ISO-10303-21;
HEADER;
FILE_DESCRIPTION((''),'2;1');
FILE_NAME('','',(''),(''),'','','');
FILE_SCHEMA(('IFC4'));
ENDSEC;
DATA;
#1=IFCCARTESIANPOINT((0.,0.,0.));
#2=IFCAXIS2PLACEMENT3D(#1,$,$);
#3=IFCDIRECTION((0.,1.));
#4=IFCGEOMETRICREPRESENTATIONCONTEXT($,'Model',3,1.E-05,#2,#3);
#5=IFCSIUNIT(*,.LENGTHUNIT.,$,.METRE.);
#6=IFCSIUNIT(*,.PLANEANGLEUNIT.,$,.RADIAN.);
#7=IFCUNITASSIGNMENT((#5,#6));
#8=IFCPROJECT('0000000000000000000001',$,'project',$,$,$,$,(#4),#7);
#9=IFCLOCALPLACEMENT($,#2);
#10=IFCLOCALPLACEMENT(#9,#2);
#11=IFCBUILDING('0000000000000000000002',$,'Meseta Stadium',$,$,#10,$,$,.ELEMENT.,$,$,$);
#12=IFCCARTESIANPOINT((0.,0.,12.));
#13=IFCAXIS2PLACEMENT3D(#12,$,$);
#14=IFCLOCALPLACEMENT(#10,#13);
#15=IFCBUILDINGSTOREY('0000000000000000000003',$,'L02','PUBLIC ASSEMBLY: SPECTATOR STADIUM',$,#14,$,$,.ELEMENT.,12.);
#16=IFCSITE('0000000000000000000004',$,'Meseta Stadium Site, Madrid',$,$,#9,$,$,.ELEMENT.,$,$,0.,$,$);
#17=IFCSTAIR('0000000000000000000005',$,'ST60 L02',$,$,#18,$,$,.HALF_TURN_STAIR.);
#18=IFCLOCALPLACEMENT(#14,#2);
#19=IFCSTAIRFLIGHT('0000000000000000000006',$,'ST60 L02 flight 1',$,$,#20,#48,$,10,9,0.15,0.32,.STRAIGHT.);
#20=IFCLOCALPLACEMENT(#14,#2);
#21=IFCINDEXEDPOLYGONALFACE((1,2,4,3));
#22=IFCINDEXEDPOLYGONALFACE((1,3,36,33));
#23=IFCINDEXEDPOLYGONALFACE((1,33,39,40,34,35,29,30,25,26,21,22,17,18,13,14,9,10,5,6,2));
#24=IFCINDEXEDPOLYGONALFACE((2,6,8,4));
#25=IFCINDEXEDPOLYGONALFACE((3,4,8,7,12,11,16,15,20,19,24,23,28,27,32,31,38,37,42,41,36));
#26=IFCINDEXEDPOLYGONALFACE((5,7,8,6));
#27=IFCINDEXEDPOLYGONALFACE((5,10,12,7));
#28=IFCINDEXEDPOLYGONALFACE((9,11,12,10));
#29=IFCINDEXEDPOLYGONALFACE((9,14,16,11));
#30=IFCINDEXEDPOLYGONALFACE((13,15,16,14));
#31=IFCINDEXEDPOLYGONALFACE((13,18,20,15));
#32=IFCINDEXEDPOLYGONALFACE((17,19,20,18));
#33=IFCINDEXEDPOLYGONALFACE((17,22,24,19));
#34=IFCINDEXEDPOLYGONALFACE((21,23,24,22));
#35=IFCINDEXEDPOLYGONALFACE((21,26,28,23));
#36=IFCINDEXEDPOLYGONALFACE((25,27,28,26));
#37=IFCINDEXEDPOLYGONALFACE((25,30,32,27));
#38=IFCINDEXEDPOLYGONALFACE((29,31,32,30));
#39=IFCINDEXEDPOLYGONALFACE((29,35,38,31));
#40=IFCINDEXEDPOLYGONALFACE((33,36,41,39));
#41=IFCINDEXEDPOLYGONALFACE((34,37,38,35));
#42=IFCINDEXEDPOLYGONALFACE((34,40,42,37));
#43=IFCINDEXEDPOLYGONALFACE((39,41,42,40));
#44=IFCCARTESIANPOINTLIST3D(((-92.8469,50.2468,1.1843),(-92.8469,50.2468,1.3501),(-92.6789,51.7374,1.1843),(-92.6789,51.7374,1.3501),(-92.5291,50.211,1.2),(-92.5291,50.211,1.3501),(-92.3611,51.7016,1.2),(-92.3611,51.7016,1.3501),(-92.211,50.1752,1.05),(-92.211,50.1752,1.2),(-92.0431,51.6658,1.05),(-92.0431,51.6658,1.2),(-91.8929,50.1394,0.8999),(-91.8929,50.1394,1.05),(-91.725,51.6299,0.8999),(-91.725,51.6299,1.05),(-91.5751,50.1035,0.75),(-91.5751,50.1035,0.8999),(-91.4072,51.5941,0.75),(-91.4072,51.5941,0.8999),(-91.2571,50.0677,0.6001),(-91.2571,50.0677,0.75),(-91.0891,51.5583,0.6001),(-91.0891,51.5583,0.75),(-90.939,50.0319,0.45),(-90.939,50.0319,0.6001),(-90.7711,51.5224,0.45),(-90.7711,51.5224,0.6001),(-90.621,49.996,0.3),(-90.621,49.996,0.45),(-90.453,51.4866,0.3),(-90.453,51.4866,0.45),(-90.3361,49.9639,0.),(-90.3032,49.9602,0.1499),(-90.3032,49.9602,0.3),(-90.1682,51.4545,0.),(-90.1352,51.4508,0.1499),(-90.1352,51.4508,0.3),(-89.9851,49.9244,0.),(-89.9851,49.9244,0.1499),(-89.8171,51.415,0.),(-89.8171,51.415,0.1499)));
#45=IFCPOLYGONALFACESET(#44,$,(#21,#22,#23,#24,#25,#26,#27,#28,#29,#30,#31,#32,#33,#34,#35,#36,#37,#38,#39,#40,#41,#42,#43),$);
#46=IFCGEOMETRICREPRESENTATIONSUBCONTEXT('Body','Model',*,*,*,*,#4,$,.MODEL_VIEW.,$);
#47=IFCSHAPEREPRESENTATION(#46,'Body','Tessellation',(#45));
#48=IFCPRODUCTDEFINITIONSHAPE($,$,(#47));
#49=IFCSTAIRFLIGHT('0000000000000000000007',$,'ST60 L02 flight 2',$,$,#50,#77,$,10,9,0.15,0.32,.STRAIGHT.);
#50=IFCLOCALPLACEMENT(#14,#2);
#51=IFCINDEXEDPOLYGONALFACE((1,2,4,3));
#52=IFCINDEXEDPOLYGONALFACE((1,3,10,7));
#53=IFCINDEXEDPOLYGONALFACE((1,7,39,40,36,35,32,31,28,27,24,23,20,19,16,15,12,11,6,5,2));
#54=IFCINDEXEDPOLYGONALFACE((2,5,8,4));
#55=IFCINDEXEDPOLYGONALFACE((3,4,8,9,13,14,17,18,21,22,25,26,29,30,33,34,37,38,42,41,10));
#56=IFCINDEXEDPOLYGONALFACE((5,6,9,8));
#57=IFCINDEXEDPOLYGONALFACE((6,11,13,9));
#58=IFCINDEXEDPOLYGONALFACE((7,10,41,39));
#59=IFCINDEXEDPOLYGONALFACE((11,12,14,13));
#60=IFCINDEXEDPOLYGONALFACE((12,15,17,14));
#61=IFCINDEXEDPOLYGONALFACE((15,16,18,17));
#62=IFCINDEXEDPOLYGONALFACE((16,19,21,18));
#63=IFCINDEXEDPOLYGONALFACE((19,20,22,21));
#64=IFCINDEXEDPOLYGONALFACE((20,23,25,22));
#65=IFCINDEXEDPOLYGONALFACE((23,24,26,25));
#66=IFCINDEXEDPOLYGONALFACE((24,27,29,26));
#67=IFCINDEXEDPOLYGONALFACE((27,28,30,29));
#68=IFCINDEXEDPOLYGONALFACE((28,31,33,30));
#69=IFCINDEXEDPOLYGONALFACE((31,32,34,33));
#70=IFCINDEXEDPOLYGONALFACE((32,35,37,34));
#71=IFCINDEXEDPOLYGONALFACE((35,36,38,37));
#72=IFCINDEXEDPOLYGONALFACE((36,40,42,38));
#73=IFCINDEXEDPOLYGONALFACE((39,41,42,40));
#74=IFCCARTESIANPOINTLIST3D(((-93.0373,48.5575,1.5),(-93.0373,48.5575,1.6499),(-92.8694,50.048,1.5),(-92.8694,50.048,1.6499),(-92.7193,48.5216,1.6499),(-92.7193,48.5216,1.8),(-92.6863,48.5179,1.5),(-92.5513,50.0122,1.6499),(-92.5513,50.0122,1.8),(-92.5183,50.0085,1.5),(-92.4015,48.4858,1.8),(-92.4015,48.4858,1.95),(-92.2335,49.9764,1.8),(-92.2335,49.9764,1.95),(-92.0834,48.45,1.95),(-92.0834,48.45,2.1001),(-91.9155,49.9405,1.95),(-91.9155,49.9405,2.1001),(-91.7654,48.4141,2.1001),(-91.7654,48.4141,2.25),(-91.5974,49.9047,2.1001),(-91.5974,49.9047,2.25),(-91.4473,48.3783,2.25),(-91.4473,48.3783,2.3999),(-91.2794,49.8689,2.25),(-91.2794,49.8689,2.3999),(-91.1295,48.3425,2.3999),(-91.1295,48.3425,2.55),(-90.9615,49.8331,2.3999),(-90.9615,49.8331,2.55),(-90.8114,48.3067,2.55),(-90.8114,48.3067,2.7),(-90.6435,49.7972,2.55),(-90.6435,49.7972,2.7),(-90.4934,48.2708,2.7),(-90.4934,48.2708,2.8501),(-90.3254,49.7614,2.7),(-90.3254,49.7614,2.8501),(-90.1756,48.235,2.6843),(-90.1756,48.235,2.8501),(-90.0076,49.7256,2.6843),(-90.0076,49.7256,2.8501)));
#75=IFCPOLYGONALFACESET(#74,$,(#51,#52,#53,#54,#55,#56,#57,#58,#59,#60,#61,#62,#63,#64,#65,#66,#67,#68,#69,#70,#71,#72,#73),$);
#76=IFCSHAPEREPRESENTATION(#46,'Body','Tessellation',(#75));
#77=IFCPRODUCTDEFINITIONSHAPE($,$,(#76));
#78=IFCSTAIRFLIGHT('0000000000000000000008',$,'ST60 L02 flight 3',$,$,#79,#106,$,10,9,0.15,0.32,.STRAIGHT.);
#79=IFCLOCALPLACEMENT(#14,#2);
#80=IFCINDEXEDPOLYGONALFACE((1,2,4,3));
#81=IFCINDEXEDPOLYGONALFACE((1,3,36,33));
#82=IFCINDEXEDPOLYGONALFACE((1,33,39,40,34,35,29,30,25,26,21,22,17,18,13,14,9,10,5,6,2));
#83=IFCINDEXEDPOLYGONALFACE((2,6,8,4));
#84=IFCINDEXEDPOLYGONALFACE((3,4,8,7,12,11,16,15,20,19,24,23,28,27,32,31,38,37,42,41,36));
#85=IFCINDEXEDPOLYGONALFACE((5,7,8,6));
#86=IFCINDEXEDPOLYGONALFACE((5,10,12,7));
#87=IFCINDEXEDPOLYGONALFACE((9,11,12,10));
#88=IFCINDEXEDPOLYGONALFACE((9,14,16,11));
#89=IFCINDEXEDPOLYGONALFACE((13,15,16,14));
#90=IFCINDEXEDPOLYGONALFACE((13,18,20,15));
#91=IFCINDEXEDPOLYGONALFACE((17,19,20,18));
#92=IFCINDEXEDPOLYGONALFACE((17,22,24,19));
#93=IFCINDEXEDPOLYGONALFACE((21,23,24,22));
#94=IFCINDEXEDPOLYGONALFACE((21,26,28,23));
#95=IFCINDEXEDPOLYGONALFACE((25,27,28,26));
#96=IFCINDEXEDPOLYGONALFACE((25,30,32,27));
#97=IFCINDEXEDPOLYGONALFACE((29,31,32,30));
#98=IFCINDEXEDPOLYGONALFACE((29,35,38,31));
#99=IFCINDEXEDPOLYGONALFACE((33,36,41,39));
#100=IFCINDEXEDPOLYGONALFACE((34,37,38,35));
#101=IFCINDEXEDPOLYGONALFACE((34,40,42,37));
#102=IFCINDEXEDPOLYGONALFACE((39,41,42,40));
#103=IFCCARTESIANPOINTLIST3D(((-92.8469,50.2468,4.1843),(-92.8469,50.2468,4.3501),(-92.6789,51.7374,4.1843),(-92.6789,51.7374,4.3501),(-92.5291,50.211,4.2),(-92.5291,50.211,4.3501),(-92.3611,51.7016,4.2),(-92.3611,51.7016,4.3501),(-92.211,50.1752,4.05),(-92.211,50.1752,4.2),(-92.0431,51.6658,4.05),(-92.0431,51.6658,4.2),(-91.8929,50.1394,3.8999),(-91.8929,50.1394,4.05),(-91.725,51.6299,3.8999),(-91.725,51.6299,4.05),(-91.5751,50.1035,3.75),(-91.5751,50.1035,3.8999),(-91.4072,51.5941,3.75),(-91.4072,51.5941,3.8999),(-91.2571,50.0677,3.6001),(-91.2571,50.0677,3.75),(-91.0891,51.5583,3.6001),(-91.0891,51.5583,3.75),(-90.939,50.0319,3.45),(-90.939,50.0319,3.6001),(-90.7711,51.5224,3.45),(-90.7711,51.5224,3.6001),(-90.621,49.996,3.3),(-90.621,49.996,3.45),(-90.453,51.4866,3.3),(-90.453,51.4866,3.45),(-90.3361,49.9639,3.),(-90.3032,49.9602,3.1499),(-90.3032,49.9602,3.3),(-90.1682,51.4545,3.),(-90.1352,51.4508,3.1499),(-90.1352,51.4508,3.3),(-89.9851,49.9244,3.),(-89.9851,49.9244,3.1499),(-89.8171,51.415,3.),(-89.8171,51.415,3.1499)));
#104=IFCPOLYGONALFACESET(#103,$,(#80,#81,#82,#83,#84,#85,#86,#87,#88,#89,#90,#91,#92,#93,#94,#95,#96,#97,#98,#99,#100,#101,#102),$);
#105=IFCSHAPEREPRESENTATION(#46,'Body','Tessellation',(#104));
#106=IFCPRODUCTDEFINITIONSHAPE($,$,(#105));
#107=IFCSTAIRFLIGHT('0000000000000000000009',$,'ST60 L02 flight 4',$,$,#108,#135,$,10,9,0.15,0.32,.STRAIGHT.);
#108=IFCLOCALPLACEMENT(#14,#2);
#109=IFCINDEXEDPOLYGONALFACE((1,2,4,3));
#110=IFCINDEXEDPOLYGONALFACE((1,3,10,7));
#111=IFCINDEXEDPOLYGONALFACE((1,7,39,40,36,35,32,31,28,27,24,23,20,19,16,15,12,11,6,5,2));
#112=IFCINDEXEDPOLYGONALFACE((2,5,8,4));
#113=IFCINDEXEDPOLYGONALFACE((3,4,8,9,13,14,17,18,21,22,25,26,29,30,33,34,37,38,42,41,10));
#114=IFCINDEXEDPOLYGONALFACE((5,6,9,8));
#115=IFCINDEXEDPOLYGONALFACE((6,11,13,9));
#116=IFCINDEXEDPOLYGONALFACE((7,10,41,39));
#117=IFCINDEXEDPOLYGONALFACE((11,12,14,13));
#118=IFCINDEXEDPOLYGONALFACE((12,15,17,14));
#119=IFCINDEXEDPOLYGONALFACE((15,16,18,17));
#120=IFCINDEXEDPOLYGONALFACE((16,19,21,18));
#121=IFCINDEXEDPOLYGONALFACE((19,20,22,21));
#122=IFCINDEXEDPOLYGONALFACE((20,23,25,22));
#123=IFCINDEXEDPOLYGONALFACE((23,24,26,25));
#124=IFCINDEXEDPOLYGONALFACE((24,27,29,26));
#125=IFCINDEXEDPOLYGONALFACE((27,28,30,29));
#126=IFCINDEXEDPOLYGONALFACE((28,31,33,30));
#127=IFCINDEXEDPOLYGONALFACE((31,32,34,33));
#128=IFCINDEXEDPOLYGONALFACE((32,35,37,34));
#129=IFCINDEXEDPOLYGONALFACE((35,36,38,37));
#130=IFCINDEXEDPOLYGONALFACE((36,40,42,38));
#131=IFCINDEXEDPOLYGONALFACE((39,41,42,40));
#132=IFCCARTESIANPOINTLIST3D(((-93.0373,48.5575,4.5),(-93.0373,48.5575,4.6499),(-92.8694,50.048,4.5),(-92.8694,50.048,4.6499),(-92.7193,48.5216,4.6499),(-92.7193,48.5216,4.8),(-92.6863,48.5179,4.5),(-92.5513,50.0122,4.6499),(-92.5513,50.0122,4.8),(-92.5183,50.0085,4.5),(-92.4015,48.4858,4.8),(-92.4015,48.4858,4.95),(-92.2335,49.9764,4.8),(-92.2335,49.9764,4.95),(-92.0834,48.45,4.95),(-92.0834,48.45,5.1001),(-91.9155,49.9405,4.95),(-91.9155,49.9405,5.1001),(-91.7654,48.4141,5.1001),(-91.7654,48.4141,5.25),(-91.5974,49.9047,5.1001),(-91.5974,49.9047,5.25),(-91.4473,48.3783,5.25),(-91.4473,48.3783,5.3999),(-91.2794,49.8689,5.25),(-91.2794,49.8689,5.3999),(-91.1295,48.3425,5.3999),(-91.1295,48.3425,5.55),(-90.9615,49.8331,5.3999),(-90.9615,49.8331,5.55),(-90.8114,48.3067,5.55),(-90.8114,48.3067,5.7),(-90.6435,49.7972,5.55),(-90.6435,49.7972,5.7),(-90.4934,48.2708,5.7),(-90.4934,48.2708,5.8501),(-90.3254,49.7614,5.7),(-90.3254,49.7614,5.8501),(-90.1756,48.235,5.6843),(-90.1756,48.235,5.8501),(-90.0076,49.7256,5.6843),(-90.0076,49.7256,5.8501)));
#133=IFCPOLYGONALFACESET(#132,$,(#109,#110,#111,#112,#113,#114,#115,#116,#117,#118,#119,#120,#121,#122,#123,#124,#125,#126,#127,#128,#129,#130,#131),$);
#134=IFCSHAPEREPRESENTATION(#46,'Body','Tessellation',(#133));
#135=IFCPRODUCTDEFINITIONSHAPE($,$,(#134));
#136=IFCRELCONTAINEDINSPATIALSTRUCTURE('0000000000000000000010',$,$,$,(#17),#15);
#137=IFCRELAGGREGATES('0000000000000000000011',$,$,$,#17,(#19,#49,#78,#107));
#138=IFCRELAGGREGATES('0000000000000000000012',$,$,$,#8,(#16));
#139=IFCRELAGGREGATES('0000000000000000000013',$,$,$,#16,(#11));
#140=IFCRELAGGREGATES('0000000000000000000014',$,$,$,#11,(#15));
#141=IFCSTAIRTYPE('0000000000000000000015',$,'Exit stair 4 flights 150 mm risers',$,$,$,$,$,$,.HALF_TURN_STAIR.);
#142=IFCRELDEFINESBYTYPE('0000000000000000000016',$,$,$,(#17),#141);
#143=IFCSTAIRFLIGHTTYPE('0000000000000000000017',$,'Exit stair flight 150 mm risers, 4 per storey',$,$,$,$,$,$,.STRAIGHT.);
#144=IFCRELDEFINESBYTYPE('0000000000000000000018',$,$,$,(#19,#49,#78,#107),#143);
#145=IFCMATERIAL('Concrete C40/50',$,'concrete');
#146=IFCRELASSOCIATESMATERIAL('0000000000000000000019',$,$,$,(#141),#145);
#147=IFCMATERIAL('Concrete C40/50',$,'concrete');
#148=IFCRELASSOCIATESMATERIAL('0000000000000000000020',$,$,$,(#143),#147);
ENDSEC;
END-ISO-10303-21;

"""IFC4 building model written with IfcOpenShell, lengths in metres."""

from ifc_helpers import new_model, si_unit, direction, frame, origin, place, context, subcontext, project, spatial, polyline, outline, extrude, material, type_object, element, aggregate, save


model = new_model("IFC4")

# Units and contexts
model_context = context("Model", 3, precision=1e-05, world=origin(), true_north=direction((0.0, 1.0)))
body_context = subcontext(model_context, "Body", "Model", "MODEL_VIEW")
ifc_project = project(units=[si_unit("LENGTHUNIT", "METRE"), si_unit("PLANEANGLEUNIT", "RADIAN")], contexts=[model_context])

# Site, building, storey
site_placement = place(None, origin())
site = spatial("IfcSite", under=ifc_project, at=site_placement, Name="Meseta Stadium Site, Madrid", CompositionType="ELEMENT", RefElevation=0.0)
building_placement = place(site_placement, origin())
building = spatial("IfcBuilding", under=site, at=building_placement, Name="Meseta Stadium", CompositionType="ELEMENT")
storey_placement = place(building_placement, frame((0.0, 0.0, 12.0)))
storey = spatial("IfcBuildingStorey", under=building, at=storey_placement, Name="L02", Description="PUBLIC ASSEMBLY: SPECTATOR STADIUM", CompositionType="ELEMENT", Elevation=12.0)

# Stair, stair flights
ifc_material_1 = material(Name="Concrete C40/50", Category="concrete")
stair_type = type_object("IfcStairType", Name="Exit stair 4 flights 150 mm risers", PredefinedType="HALF_TURN_STAIR", material=ifc_material_1)
stair_placement = place(storey_placement, origin())
stair = element("IfcStair", 1, at=stair_placement, inside=storey, type_object=stair_type, Name="ST60 L02", PredefinedType="HALF_TURN_STAIR")
ifc_material_2 = material(Name="Concrete C40/50", Category="concrete")
stair_flight_type = type_object("IfcStairFlightType", Name="Exit stair flight 150 mm risers, 4 per storey", PredefinedType="STRAIGHT", material=ifc_material_2)
stair_flight_1_placement = place(storey_placement, frame((-89.9011, 50.6697, 0.0), z_axis=(0.0, 0.0, 1.0), x_axis=(-0.993712, 0.111964, 0.0)))
stair_flight_1 = element("IfcStairFlight", 2, at=stair_flight_1_placement, type_object=stair_flight_type, Name="ST60 L02 flight 1", NumberOfRisers=10, NumberOfTreads=9, PredefinedType="STRAIGHT", RiserHeight=0.15, TreadLength=0.32, context=body_context, shape_type="SweptSolid", body=[
    extrude(outline(polyline([(0.0, 0.0), (0.0, 0.1499), (0.3201, 0.1499), (0.3201, 0.3), (0.6399, 0.3), (0.6399, 0.45), (0.96, 0.45), (0.96, 0.6001), (1.28, 0.6001), (1.28, 0.75), (1.6001, 0.75), (1.6001, 0.8999), (1.9199, 0.8999), (1.9199, 1.05), (2.24, 1.05), (2.24, 1.2), (2.5601, 1.2), (2.5601, 1.3501), (2.8799, 1.3501), (2.8799, 1.1843), (0.3533, 0.0), (0.0, 0.0)])), frame((0.0, 0.75, 0.0), z_axis=(0.0, -1.0, 0.0), x_axis=(1.0, 0.0, 0.0)), (0.0, 0.0, 1.0), 1.5),
])
stair_flight_2_placement = place(storey_placement, frame((-92.9534, 49.3027, 1.5), z_axis=(0.0, 0.0, 1.0), x_axis=(0.993712, -0.111964, 0.0)))
stair_flight_2 = element("IfcStairFlight", 3, at=stair_flight_2_placement, type_object=stair_flight_type, Name="ST60 L02 flight 2", NumberOfRisers=10, NumberOfTreads=9, PredefinedType="STRAIGHT", RiserHeight=0.15, TreadLength=0.32, context=body_context, shape_type="SweptSolid", body=[
    extrude(outline(polyline([(0.0, 0.0), (0.0, 0.1499), (0.3201, 0.1499), (0.3201, 0.3), (0.6399, 0.3), (0.6399, 0.45), (0.96, 0.45), (0.96, 0.6001), (1.28, 0.6001), (1.28, 0.75), (1.6001, 0.75), (1.6001, 0.8999), (1.9199, 0.8999), (1.9199, 1.05), (2.24, 1.05), (2.24, 1.2), (2.5601, 1.2), (2.5601, 1.3501), (2.8799, 1.3501), (2.8799, 1.1843), (0.3533, 0.0), (0.0, 0.0)])), frame((0.0, 0.75, 0.0), z_axis=(0.0, -1.0, 0.0), x_axis=(1.0, 0.0, 0.0)), (0.0, 0.0, 1.0), 1.5),
])
stair_flight_3_placement = place(storey_placement, frame((-89.9011, 50.6697, 3.0), z_axis=(0.0, 0.0, 1.0), x_axis=(-0.993712, 0.111964, 0.0)))
stair_flight_3 = element("IfcStairFlight", 4, at=stair_flight_3_placement, type_object=stair_flight_type, Name="ST60 L02 flight 3", NumberOfRisers=10, NumberOfTreads=9, PredefinedType="STRAIGHT", RiserHeight=0.15, TreadLength=0.32, context=body_context, shape_type="SweptSolid", body=[
    extrude(outline(polyline([(0.0, 0.0), (0.0, 0.1499), (0.3201, 0.1499), (0.3201, 0.3), (0.6399, 0.3), (0.6399, 0.45), (0.96, 0.45), (0.96, 0.6001), (1.28, 0.6001), (1.28, 0.75), (1.6001, 0.75), (1.6001, 0.8999), (1.9199, 0.8999), (1.9199, 1.05), (2.24, 1.05), (2.24, 1.2), (2.5601, 1.2), (2.5601, 1.3501), (2.8799, 1.3501), (2.8799, 1.1843), (0.3533, 0.0), (0.0, 0.0)])), frame((0.0, 0.75, 0.0), z_axis=(0.0, -1.0, 0.0), x_axis=(1.0, 0.0, 0.0)), (0.0, 0.0, 1.0), 1.5),
])
stair_flight_4_placement = place(storey_placement, frame((-92.9534, 49.3027, 4.5), z_axis=(0.0, 0.0, 1.0), x_axis=(0.993712, -0.111964, 0.0)))
stair_flight_4 = element("IfcStairFlight", 5, at=stair_flight_4_placement, type_object=stair_flight_type, Name="ST60 L02 flight 4", NumberOfRisers=10, NumberOfTreads=9, PredefinedType="STRAIGHT", RiserHeight=0.15, TreadLength=0.32, context=body_context, shape_type="SweptSolid", body=[
    extrude(outline(polyline([(0.0, 0.0), (0.0, 0.1499), (0.3201, 0.1499), (0.3201, 0.3), (0.6399, 0.3), (0.6399, 0.45), (0.96, 0.45), (0.96, 0.6001), (1.28, 0.6001), (1.28, 0.75), (1.6001, 0.75), (1.6001, 0.8999), (1.9199, 0.8999), (1.9199, 1.05), (2.24, 1.05), (2.24, 1.2), (2.5601, 1.2), (2.5601, 1.3501), (2.8799, 1.3501), (2.8799, 1.1843), (0.3533, 0.0), (0.0, 0.0)])), frame((0.0, 0.75, 0.0), z_axis=(0.0, -1.0, 0.0), x_axis=(1.0, 0.0, 0.0)), (0.0, 0.0, 1.0), 1.5),
])
aggregate(stair, [stair_flight_1, stair_flight_2, stair_flight_3, stair_flight_4])

save(model, "model.ifc")
